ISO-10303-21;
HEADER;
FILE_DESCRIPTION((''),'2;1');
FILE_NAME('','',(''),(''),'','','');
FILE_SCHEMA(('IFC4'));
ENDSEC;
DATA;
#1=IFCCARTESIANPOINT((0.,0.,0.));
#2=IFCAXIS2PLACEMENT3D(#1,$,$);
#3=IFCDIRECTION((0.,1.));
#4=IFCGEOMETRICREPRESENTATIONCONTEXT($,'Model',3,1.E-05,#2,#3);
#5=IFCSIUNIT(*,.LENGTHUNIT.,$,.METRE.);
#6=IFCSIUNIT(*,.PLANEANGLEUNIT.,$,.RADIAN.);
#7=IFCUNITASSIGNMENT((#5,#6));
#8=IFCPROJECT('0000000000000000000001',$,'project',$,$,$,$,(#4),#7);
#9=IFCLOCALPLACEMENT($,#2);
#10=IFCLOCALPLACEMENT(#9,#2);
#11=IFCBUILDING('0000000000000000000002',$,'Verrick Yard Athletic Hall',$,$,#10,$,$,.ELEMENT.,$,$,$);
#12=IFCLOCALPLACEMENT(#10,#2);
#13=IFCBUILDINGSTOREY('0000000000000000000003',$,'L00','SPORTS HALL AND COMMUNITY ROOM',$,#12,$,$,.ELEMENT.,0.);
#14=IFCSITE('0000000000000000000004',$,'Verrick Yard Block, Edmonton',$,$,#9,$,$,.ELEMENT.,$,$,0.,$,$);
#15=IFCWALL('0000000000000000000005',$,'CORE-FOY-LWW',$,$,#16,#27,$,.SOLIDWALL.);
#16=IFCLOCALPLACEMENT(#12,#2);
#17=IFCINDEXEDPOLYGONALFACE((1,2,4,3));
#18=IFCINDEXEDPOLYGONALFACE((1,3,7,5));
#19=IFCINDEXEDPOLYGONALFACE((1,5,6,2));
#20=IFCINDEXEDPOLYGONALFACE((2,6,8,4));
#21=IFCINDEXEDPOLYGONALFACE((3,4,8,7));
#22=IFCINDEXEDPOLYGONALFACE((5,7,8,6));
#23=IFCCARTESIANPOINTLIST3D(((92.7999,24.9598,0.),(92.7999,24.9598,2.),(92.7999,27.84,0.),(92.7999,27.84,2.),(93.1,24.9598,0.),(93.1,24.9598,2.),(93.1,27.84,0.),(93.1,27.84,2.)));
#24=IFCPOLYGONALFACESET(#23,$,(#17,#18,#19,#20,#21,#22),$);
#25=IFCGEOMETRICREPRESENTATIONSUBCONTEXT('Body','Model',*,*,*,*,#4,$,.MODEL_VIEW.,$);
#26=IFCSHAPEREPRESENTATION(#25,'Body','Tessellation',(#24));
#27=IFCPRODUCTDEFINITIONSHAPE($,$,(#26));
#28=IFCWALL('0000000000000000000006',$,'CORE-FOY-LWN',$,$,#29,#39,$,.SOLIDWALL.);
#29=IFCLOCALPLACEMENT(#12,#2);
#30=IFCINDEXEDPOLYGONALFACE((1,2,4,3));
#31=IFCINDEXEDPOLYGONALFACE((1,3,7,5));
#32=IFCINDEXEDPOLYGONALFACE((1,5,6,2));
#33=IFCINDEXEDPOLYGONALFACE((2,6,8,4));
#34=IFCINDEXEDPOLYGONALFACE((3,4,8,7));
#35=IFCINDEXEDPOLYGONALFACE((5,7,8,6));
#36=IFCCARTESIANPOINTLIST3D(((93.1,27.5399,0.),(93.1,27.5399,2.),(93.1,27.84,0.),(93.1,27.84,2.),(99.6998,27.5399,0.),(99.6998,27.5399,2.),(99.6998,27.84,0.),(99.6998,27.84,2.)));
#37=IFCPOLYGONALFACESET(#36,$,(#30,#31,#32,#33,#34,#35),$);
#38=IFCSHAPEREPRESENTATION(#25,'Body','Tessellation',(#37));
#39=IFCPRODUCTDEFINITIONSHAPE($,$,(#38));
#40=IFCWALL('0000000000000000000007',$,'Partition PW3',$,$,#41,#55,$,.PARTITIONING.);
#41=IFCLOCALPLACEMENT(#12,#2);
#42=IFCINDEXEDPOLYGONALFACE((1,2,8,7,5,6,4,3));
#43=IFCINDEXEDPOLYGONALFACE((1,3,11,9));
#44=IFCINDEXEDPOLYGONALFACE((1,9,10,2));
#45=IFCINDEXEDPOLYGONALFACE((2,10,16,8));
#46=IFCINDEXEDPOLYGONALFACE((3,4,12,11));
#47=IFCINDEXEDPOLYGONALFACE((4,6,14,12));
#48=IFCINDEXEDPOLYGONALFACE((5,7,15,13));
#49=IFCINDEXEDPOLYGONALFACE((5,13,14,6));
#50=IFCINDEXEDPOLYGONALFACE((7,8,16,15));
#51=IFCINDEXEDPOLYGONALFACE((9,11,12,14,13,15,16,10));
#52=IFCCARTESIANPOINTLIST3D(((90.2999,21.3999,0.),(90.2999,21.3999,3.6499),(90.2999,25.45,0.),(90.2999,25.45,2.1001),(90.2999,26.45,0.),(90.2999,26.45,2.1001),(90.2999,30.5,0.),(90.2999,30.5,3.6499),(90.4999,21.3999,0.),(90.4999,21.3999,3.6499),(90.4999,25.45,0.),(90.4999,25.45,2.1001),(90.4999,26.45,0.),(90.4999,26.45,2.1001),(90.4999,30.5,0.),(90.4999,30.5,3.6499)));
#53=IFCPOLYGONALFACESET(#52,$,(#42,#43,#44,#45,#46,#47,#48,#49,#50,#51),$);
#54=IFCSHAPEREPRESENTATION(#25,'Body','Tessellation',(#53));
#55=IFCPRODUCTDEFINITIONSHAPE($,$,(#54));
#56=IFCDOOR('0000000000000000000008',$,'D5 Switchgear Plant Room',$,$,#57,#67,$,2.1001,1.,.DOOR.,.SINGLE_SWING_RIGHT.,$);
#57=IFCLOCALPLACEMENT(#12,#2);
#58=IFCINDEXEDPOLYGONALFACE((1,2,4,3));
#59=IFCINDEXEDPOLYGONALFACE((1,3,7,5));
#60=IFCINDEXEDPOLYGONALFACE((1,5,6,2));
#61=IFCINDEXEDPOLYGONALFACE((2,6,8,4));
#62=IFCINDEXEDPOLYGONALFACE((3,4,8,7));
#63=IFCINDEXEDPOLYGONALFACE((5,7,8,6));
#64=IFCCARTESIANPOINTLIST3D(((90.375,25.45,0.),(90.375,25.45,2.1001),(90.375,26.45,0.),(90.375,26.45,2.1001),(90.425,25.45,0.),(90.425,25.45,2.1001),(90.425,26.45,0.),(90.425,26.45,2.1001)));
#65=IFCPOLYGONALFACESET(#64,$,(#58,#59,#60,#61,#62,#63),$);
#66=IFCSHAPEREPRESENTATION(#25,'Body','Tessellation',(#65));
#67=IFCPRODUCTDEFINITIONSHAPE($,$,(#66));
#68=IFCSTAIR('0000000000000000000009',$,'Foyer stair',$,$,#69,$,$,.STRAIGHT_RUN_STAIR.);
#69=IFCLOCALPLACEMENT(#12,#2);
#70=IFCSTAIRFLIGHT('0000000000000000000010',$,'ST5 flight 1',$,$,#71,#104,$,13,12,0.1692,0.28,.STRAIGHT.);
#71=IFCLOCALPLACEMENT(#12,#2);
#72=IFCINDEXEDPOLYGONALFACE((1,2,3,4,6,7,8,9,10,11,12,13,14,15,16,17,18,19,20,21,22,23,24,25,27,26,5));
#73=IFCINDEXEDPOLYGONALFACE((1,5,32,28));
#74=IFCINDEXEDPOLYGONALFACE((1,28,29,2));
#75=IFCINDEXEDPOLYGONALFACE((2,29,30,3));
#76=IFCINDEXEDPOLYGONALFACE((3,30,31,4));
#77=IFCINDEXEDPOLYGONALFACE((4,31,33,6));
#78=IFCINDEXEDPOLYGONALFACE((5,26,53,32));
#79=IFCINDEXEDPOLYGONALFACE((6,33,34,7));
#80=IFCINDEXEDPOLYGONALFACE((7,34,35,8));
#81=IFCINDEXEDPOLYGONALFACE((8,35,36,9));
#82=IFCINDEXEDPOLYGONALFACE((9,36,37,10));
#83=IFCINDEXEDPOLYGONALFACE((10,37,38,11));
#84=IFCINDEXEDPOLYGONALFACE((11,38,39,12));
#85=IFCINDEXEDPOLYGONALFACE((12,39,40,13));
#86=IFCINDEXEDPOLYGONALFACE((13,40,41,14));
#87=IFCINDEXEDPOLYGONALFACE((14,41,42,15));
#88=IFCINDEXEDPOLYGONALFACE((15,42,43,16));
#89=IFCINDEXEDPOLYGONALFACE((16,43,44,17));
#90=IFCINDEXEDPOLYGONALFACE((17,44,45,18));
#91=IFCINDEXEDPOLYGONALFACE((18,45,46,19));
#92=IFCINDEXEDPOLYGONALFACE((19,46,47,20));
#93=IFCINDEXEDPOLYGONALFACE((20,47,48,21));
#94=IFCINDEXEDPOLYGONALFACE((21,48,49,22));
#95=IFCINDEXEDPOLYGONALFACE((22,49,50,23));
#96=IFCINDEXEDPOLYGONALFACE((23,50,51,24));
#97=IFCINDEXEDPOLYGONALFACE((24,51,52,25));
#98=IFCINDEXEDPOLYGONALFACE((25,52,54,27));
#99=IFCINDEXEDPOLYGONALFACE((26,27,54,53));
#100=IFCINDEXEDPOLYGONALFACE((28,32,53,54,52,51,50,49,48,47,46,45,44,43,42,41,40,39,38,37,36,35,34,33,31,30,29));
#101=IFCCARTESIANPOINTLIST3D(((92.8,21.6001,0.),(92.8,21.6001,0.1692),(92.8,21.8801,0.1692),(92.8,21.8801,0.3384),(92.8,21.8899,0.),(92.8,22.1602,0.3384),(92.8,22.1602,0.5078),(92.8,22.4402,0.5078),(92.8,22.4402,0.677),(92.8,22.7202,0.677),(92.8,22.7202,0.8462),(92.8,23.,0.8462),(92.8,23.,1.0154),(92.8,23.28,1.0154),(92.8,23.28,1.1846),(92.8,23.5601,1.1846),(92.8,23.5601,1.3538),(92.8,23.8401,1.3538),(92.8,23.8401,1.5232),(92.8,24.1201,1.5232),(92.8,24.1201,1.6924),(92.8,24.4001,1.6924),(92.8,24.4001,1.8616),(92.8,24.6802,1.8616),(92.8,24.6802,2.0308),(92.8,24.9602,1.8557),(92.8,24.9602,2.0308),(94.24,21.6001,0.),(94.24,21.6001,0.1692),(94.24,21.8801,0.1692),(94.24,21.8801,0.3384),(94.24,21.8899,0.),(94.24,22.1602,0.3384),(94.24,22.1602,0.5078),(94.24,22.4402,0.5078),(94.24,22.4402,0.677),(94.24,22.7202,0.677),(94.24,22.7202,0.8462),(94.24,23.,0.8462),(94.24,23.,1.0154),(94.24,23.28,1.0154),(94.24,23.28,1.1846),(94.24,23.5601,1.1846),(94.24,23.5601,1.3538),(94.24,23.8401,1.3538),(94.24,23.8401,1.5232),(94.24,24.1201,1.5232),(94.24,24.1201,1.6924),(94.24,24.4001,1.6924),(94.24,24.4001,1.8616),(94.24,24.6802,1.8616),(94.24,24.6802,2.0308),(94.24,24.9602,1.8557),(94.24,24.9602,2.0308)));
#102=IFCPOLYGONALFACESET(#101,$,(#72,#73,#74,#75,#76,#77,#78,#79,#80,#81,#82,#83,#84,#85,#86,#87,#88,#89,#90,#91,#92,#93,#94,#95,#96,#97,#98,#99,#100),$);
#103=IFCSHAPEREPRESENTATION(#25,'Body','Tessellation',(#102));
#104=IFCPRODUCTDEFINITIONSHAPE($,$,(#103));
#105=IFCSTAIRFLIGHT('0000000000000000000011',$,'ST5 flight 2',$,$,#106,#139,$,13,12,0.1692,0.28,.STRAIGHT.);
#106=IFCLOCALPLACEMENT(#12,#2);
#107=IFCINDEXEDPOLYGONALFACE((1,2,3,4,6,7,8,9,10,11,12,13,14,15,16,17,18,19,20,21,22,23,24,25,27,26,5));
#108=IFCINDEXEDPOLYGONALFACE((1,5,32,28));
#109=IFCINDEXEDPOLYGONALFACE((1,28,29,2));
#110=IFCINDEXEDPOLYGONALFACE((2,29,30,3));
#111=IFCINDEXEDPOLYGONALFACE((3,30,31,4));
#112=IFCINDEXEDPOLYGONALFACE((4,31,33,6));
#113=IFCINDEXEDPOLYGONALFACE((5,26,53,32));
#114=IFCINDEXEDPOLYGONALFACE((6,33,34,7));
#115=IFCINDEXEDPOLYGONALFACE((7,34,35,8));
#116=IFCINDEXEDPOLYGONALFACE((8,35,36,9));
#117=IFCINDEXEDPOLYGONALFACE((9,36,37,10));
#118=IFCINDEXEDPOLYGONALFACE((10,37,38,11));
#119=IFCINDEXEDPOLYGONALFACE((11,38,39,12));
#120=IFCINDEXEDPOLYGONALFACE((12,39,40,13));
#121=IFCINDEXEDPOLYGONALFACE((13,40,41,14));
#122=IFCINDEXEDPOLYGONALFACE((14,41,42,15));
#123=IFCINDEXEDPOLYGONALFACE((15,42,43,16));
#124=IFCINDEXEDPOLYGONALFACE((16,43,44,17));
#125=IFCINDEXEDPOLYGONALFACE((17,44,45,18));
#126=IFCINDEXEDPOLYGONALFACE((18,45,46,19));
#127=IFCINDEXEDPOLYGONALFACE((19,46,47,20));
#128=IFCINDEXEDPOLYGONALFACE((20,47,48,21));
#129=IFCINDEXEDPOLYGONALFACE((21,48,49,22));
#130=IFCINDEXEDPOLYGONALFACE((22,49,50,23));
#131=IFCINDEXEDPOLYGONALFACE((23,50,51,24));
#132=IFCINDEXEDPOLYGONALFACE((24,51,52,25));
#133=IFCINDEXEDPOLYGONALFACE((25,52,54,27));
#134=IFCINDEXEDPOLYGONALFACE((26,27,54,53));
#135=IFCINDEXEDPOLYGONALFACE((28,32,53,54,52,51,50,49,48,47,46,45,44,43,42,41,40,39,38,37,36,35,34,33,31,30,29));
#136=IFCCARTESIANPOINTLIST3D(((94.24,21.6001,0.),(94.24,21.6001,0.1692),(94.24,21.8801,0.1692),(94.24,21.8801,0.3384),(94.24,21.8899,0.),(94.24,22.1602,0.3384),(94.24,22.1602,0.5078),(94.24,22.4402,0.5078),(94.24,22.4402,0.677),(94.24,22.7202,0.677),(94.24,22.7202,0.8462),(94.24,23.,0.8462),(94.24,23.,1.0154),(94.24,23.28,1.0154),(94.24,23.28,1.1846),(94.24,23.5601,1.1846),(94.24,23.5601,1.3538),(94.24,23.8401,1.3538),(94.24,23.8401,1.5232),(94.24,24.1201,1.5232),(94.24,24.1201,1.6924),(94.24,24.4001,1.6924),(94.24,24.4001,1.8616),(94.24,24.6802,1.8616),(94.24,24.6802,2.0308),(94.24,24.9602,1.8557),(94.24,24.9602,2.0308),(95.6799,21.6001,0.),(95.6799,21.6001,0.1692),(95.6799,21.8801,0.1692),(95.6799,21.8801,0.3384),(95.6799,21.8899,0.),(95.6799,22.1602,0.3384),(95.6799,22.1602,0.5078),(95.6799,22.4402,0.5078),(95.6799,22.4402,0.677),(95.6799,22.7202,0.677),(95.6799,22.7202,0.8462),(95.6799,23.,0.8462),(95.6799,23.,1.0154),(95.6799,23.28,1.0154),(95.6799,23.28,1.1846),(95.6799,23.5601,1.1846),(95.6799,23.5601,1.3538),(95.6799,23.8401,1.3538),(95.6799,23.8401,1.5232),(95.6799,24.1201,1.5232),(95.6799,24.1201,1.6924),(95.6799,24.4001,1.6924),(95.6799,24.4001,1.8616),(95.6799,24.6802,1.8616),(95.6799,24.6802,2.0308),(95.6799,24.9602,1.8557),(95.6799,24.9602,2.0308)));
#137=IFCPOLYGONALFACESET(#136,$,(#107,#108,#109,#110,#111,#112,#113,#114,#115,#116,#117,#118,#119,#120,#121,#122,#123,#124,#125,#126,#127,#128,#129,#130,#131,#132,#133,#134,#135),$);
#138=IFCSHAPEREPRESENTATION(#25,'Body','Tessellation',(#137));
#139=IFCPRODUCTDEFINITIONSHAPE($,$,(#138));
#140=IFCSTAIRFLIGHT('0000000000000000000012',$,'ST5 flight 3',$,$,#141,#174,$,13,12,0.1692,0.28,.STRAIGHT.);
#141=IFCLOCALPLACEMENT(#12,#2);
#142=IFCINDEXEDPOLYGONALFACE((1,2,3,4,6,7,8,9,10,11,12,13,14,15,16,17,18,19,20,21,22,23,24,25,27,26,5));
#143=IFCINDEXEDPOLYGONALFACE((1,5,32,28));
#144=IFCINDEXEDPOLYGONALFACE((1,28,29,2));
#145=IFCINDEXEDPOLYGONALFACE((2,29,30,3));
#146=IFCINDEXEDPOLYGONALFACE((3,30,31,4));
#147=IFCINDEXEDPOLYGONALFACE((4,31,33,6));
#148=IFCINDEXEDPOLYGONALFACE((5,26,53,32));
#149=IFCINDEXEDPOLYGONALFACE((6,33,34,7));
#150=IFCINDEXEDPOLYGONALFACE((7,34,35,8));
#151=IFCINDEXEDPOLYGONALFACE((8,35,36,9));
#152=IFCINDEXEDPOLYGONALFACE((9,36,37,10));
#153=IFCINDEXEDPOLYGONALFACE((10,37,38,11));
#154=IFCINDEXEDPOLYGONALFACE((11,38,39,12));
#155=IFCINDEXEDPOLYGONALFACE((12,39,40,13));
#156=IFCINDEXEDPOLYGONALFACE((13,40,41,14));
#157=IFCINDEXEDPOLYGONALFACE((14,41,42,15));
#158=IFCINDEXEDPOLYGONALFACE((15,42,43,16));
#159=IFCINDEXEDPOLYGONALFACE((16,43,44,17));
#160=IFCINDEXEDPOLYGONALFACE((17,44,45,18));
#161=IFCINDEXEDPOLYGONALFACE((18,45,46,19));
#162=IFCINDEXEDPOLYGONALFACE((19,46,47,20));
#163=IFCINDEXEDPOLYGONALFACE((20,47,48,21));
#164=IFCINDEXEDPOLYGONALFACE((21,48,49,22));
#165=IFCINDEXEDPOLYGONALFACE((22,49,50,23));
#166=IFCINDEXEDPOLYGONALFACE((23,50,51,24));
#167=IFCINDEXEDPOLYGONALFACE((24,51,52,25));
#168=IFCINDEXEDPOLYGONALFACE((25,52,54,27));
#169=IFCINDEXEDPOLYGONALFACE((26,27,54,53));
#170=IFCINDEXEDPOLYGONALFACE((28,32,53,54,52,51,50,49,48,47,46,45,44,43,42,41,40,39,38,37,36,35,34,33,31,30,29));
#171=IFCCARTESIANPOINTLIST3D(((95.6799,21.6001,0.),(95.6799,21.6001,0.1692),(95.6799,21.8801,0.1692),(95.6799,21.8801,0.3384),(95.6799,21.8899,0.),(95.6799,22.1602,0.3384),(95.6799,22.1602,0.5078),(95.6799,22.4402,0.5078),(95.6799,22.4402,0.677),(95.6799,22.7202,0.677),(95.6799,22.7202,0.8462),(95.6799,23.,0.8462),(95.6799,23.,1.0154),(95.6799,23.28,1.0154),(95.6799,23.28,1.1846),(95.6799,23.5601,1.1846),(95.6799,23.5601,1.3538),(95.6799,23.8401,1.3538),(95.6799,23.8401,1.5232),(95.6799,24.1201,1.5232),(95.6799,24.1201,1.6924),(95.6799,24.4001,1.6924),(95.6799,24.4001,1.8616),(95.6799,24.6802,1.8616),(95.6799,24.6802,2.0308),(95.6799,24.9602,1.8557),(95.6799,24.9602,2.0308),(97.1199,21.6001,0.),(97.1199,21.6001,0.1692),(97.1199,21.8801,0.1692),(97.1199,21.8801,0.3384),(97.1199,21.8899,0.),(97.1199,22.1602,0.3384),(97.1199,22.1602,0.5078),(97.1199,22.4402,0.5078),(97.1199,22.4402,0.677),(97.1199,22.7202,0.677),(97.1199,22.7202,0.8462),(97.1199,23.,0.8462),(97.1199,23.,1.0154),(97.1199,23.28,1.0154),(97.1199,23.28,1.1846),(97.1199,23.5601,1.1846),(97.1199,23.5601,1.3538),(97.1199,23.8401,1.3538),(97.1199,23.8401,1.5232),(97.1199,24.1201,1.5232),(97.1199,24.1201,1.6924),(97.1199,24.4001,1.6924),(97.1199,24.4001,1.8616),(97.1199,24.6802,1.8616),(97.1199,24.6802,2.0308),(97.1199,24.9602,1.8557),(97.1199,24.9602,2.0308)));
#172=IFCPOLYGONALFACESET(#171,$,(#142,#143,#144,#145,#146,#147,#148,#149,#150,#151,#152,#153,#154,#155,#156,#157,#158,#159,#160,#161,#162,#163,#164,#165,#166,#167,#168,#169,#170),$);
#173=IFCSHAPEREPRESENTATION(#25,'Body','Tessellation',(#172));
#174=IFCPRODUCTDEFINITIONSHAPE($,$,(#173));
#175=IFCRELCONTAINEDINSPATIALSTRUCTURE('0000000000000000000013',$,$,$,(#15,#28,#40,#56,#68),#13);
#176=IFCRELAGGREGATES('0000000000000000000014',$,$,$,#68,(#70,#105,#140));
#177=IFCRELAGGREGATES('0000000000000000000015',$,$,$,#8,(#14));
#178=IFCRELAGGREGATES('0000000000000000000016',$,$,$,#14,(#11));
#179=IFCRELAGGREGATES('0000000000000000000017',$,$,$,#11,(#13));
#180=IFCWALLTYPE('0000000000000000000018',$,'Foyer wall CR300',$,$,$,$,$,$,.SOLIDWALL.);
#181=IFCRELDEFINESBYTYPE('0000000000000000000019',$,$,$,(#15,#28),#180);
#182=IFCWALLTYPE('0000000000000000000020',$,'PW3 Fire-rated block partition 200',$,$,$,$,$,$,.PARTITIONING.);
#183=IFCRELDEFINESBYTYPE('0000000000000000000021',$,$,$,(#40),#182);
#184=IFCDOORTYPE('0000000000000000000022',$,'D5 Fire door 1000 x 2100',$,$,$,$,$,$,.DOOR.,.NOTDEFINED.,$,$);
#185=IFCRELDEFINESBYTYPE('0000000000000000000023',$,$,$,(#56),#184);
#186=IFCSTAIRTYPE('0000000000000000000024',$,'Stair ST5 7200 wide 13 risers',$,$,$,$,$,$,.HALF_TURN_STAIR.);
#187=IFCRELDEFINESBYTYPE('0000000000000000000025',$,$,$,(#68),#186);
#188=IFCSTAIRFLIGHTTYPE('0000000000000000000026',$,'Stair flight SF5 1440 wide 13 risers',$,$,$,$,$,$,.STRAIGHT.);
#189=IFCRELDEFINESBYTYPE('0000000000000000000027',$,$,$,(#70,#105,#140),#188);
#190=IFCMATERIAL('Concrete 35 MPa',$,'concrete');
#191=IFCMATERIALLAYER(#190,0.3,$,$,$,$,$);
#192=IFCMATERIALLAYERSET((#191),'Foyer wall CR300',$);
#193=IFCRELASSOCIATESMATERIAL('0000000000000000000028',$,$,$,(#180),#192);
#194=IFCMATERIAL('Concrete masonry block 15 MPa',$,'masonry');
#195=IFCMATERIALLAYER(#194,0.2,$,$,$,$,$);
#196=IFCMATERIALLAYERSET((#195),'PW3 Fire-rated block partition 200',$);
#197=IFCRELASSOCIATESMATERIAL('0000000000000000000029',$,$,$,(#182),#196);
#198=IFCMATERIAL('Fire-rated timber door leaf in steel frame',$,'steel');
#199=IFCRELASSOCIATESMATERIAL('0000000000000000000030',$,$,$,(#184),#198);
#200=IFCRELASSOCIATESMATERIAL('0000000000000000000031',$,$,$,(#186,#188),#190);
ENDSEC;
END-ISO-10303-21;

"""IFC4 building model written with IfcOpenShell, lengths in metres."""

from ifc_helpers import new_model, si_unit, direction, frame, frame_2d, origin, place, context, subcontext, project, spatial, polyline, rectangle, outline, extrude, material, layer, layer_set, type_object, element, fill, aggregate, save


model = new_model("IFC4")

# Units and contexts
model_context = context("Model", 3, precision=1e-05, world=origin(), true_north=direction((0.0, 1.0)))
body_context = subcontext(model_context, "Body", "Model", "MODEL_VIEW")
ifc_project = project(units=[si_unit("LENGTHUNIT", "METRE"), si_unit("PLANEANGLEUNIT", "RADIAN")], contexts=[model_context])

# Site, building, storey
site_placement = place(None, origin())
site = spatial("IfcSite", under=ifc_project, at=site_placement, Name="Verrick Yard Block, Edmonton", CompositionType="ELEMENT", RefElevation=0.0)
building_placement = place(site_placement, origin())
building = spatial("IfcBuilding", under=site, at=building_placement, Name="Verrick Yard Athletic Hall", CompositionType="ELEMENT")
storey_placement = place(building_placement, origin())
storey = spatial("IfcBuildingStorey", under=building, at=storey_placement, Name="L00", Description="SPORTS HALL AND COMMUNITY ROOM", CompositionType="ELEMENT", Elevation=0.0)

# Walls
ifc_material_1 = material(Name="Concrete 35 MPa", Category="concrete")
ifc_layer_1 = layer(ifc_material_1, 0.3)
ifc_layer_set_1 = layer_set([ifc_layer_1], Name="Foyer wall CR300")
wall_type_1 = type_object("IfcWallType", Name="Foyer wall CR300", PredefinedType="SOLIDWALL", material=ifc_layer_set_1)
wall_1_placement = place(storey_placement, frame((92.95, 24.96, 0.0), z_axis=(0.0, 0.0, 1.0), x_axis=(0.0, 1.0, 0.0)))
element("IfcWall", 1, at=wall_1_placement, inside=storey, type_object=wall_type_1, Name="CORE-FOY-LWW", PredefinedType="SOLIDWALL", context=body_context, shape_type="SweptSolid", body=[
    extrude(rectangle(XDim=2.8801, YDim=0.3, at=frame_2d((1.4399, 0.0))), origin(), (0.0, 0.0, 1.0), 2.0),
])
wall_2_placement = place(storey_placement, frame((93.1001, 27.6899, 0.0), z_axis=(0.0, 0.0, 1.0), x_axis=(1.0, 0.0, 0.0)))
element("IfcWall", 2, at=wall_2_placement, inside=storey, type_object=wall_type_1, Name="CORE-FOY-LWN", PredefinedType="SOLIDWALL", context=body_context, shape_type="SweptSolid", body=[
    extrude(rectangle(XDim=6.5999, YDim=0.3, at=frame_2d((3.2998, 0.0))), origin(), (0.0, 0.0, 1.0), 2.0),
])

# Wall, opening, door
ifc_material_2 = material(Name="Concrete masonry block 15 MPa", Category="masonry")
ifc_layer_2 = layer(ifc_material_2, 0.2)
ifc_layer_set_2 = layer_set([ifc_layer_2], Name="PW3 Fire-rated block partition 200")
wall_type_2 = type_object("IfcWallType", Name="PW3 Fire-rated block partition 200", PredefinedType="PARTITIONING", material=ifc_layer_set_2)
wall_3_placement = place(storey_placement, frame((90.3999, 21.3999, 0.0), z_axis=(0.0, 0.0, 1.0), x_axis=(0.0, 1.0, 0.0)))
wall_3 = element("IfcWall", 3, at=wall_3_placement, inside=storey, type_object=wall_type_2, Name="Partition PW3", PredefinedType="PARTITIONING", context=body_context, shape_type="SweptSolid", body=[
    extrude(rectangle(XDim=9.1001, YDim=0.2, at=frame_2d((4.55, 0.0))), origin(), (0.0, 0.0, 1.0), 3.6499),
])
opening_placement = place(wall_3_placement, frame((4.05, 0.0, 0.0)))
opening = element("IfcOpeningElement", 4, at=opening_placement, cuts=wall_3, PredefinedType="OPENING", context=body_context, shape_type="SweptSolid", body=[
    extrude(rectangle(XDim=1.0, YDim=2.1001, at=frame_2d((0.5, 1.05))), frame((0.0, 0.1099, 0.0), z_axis=(0.0, -1.0, 0.0), x_axis=(1.0, 0.0, 0.0)), (0.0, 0.0, 1.0), 0.22),
])
ifc_material_3 = material(Name="Fire-rated timber door leaf in steel frame", Category="steel")
door_type = type_object("IfcDoorType", Name="D5 Fire door 1000 x 2100", OperationType="NOTDEFINED", PredefinedType="DOOR", material=ifc_material_3)
door_placement = place(opening_placement, origin())
door = element("IfcDoor", 5, at=door_placement, inside=storey, type_object=door_type, Name="D5 Switchgear Plant Room", OperationType="SINGLE_SWING_RIGHT", OverallHeight=2.1001, OverallWidth=1.0, PredefinedType="DOOR", context=body_context, shape_type="SweptSolid", body=[
    extrude(rectangle(XDim=1.0, YDim=2.1001, at=frame_2d((0.5, 1.05))), frame((0.0, 0.0249, 0.0), z_axis=(0.0, -1.0, 0.0), x_axis=(1.0, 0.0, 0.0)), (0.0, 0.0, 1.0), 0.05),
])
fill(opening, door)

# Stair, stair flights
stair_type = type_object("IfcStairType", Name="Stair ST5 7200 wide 13 risers", PredefinedType="HALF_TURN_STAIR", material=ifc_material_1)
stair_placement = place(storey_placement, origin())
stair = element("IfcStair", 6, at=stair_placement, inside=storey, type_object=stair_type, Name="Foyer stair", PredefinedType="STRAIGHT_RUN_STAIR")
stair_flight_type = type_object("IfcStairFlightType", Name="Stair flight SF5 1440 wide 13 risers", PredefinedType="STRAIGHT", material=ifc_material_1)
stair_flight_1_placement = place(storey_placement, frame((93.52, 21.6001, 0.0), z_axis=(0.0, 0.0, 1.0), x_axis=(0.0, 1.0, 0.0)))
stair_flight_1 = element("IfcStairFlight", 7, at=stair_flight_1_placement, type_object=stair_flight_type, Name="ST5 flight 1", NumberOfRisers=13, NumberOfTreads=12, PredefinedType="STRAIGHT", RiserHeight=0.1692, TreadLength=0.28, context=body_context, shape_type="SweptSolid", body=[
    extrude(outline(polyline([(0.0, 0.0), (0.0, 0.1692), (0.28, 0.1692), (0.28, 0.3384), (0.5601, 0.3384), (0.5601, 0.5078), (0.8401, 0.5078), (0.8401, 0.677), (1.1201, 0.677), (1.1201, 0.8462), (1.3999, 0.8462), (1.3999, 1.0154), (1.6799, 1.0154), (1.6799, 1.1846), (1.96, 1.1846), (1.96, 1.3538), (2.24, 1.3538), (2.24, 1.5232), (2.52, 1.5232), (2.52, 1.6924), (2.8, 1.6924), (2.8, 1.8616), (3.0801, 1.8616), (3.0801, 2.0308), (3.3601, 2.0308), (3.3601, 2.2), (3.3601, 1.8557), (0.2898, 0.0), (0.0, 0.0)])), frame((0.0, 0.72, 0.0), z_axis=(0.0, -1.0, 0.0), x_axis=(1.0, 0.0, 0.0)), (0.0, 0.0, 1.0), 1.4399),
])
stair_flight_2_placement = place(storey_placement, frame((94.96, 21.6001, 0.0), z_axis=(0.0, 0.0, 1.0), x_axis=(0.0, 1.0, 0.0)))
stair_flight_2 = element("IfcStairFlight", 8, at=stair_flight_2_placement, type_object=stair_flight_type, Name="ST5 flight 2", NumberOfRisers=13, NumberOfTreads=12, PredefinedType="STRAIGHT", RiserHeight=0.1692, TreadLength=0.28, context=body_context, shape_type="SweptSolid", body=[
    extrude(outline(polyline([(0.0, 0.0), (0.0, 0.1692), (0.28, 0.1692), (0.28, 0.3384), (0.5601, 0.3384), (0.5601, 0.5078), (0.8401, 0.5078), (0.8401, 0.677), (1.1201, 0.677), (1.1201, 0.8462), (1.3999, 0.8462), (1.3999, 1.0154), (1.6799, 1.0154), (1.6799, 1.1846), (1.96, 1.1846), (1.96, 1.3538), (2.24, 1.3538), (2.24, 1.5232), (2.52, 1.5232), (2.52, 1.6924), (2.8, 1.6924), (2.8, 1.8616), (3.0801, 1.8616), (3.0801, 2.0308), (3.3601, 2.0308), (3.3601, 2.2), (3.3601, 1.8557), (0.2898, 0.0), (0.0, 0.0)])), frame((0.0, 0.72, 0.0), z_axis=(0.0, -1.0, 0.0), x_axis=(1.0, 0.0, 0.0)), (0.0, 0.0, 1.0), 1.4399),
])
stair_flight_3_placement = place(storey_placement, frame((96.3999, 21.6001, 0.0), z_axis=(0.0, 0.0, 1.0), x_axis=(0.0, 1.0, 0.0)))
stair_flight_3 = element("IfcStairFlight", 9, at=stair_flight_3_placement, type_object=stair_flight_type, Name="ST5 flight 3", NumberOfRisers=13, NumberOfTreads=12, PredefinedType="STRAIGHT", RiserHeight=0.1692, TreadLength=0.28, context=body_context, shape_type="SweptSolid", body=[
    extrude(outline(polyline([(0.0, 0.0), (0.0, 0.1692), (0.28, 0.1692), (0.28, 0.3384), (0.5601, 0.3384), (0.5601, 0.5078), (0.8401, 0.5078), (0.8401, 0.677), (1.1201, 0.677), (1.1201, 0.8462), (1.3999, 0.8462), (1.3999, 1.0154), (1.6799, 1.0154), (1.6799, 1.1846), (1.96, 1.1846), (1.96, 1.3538), (2.24, 1.3538), (2.24, 1.5232), (2.52, 1.5232), (2.52, 1.6924), (2.8, 1.6924), (2.8, 1.8616), (3.0801, 1.8616), (3.0801, 2.0308), (3.3601, 2.0308), (3.3601, 2.2), (3.3601, 1.8557), (0.2898, 0.0), (0.0, 0.0)])), frame((0.0, 0.72, 0.0), z_axis=(0.0, -1.0, 0.0), x_axis=(1.0, 0.0, 0.0)), (0.0, 0.0, 1.0), 1.4399),
])
aggregate(stair, [stair_flight_1, stair_flight_2, stair_flight_3])

save(model, "model.ifc")
